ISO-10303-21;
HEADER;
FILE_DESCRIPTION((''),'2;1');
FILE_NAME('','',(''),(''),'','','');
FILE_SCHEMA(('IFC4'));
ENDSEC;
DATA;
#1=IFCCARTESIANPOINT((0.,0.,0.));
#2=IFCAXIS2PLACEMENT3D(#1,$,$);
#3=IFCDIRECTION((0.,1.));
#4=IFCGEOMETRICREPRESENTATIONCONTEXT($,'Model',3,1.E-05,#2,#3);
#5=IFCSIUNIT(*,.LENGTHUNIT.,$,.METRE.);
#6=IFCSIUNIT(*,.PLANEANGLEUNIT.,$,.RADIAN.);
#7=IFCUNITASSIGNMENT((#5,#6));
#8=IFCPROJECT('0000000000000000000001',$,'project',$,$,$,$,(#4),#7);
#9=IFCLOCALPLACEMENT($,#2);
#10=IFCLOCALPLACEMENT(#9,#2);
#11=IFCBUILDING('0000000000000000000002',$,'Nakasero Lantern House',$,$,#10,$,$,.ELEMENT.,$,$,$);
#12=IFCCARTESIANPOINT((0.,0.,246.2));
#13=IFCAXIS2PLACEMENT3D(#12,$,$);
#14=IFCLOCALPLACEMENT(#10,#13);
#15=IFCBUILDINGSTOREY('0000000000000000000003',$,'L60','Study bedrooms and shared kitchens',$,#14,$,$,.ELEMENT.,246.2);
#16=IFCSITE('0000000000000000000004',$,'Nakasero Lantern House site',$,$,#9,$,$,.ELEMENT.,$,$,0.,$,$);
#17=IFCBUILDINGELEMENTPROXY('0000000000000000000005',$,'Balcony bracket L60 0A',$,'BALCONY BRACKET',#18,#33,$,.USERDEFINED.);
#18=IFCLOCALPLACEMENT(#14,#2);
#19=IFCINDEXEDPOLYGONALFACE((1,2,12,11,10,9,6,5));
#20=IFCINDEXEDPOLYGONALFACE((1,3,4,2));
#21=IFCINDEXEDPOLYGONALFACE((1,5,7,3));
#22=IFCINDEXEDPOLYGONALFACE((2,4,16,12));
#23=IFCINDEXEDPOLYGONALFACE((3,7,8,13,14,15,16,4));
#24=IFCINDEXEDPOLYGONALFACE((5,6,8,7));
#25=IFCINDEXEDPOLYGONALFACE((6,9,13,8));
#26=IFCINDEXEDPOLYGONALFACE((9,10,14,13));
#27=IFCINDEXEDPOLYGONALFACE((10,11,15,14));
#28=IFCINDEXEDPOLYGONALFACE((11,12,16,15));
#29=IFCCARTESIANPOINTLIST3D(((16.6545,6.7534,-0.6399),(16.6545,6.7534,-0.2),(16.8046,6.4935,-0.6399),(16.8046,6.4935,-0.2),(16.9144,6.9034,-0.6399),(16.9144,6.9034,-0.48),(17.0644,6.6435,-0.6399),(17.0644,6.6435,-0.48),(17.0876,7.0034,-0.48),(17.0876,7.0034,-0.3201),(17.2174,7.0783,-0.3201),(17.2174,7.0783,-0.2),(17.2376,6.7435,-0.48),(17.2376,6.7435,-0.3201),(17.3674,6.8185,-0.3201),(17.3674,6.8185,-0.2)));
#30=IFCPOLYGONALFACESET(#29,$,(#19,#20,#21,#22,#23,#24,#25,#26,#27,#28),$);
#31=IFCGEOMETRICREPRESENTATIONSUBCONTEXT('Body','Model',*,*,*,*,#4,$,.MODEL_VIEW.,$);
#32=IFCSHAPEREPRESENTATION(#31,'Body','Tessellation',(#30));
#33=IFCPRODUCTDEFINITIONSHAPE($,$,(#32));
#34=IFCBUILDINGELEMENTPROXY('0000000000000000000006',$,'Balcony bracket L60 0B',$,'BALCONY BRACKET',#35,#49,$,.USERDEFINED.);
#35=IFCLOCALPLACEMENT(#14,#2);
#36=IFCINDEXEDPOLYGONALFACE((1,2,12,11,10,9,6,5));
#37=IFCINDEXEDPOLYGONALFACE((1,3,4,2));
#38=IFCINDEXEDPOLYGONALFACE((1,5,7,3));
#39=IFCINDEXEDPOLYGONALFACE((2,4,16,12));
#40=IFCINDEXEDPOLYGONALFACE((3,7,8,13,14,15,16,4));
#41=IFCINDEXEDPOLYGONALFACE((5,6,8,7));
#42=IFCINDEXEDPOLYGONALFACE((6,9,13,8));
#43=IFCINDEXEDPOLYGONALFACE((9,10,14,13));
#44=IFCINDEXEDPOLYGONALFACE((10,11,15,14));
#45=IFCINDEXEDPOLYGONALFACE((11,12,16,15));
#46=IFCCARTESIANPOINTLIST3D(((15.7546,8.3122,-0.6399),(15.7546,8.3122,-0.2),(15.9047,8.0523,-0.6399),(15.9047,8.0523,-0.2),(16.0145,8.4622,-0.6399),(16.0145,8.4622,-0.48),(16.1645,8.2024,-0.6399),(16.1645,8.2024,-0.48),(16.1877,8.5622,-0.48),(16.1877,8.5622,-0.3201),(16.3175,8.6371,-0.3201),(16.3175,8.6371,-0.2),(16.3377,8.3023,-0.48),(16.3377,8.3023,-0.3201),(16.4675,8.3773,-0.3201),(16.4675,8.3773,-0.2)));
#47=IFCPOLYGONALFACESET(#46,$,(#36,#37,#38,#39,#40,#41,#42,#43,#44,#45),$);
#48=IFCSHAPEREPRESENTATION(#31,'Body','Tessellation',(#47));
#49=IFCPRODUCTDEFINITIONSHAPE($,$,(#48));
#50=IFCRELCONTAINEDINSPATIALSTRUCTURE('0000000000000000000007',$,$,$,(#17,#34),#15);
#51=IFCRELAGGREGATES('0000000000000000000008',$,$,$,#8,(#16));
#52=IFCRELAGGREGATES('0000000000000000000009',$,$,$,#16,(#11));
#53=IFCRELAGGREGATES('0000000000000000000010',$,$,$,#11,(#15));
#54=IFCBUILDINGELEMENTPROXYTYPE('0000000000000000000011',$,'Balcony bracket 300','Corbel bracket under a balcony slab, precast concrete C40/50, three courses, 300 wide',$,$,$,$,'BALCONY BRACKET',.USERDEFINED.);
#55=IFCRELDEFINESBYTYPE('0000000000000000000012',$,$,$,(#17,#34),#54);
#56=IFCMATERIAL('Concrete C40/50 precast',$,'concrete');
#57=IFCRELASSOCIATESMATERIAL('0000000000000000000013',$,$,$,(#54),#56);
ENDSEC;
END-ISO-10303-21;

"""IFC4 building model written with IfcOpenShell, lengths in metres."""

from ifc_helpers import new_model, si_unit, direction, frame, origin, place, context, subcontext, project, spatial, polyline, outline, extrude, material, type_object, element, save


model = new_model("IFC4")

# Units and contexts
model_context = context("Model", 3, precision=1e-05, world=origin(), true_north=direction((0.0, 1.0)))
body_context = subcontext(model_context, "Body", "Model", "MODEL_VIEW")
ifc_project = project(units=[si_unit("LENGTHUNIT", "METRE"), si_unit("PLANEANGLEUNIT", "RADIAN")], contexts=[model_context])

# Site, building, storey
site_placement = place(None, origin())
site = spatial("IfcSite", under=ifc_project, at=site_placement, Name="Nakasero Lantern House site", CompositionType="ELEMENT", RefElevation=0.0)
building_placement = place(site_placement, origin())
building = spatial("IfcBuilding", under=site, at=building_placement, Name="Nakasero Lantern House", CompositionType="ELEMENT")
storey_placement = place(building_placement, frame((0.0, 0.0, 246.2)))
storey = spatial("IfcBuildingStorey", under=building, at=storey_placement, Name="L60", Description="Study bedrooms and shared kitchens", CompositionType="ELEMENT", Elevation=246.2)

# Building element proxies
ifc_material_1 = material(Name="Concrete C40/50 precast", Category="concrete")
building_element_proxy_type = type_object("IfcBuildingElementProxyType", Name="Balcony bracket 300", Description="Corbel bracket under a balcony slab, precast concrete C40/50, three courses, 300 wide", ElementType="BALCONY BRACKET", PredefinedType="USERDEFINED", material=ifc_material_1)
for number, where, z_axis, x_axis, name in (
    (1, (16.7295, 6.6235, -0.2), (0.0, 0.0, 1.0), (0.866025, 0.5, 0.0), "Balcony bracket L60 0A"),
    (2, (15.8296, 8.1824, -0.2), (0.0, 0.0, 1.0), (0.866025, 0.5, 0.0), "Balcony bracket L60 0B"),
):
    element("IfcBuildingElementProxy", number, at=place(storey_placement, frame(where, z_axis=z_axis, x_axis=x_axis)), inside=storey, type_object=building_element_proxy_type, Name=name, ObjectType="BALCONY BRACKET", PredefinedType="USERDEFINED", context=body_context, shape_type="SweptSolid", body=[
        extrude(outline(polyline([(0.0, 0.0), (0.6499, 0.0), (0.6499, -0.1201), (0.5, -0.1201), (0.5, -0.28), (0.3, -0.28), (0.3, -0.4399), (0.0, -0.4399), (0.0, 0.0)])), frame((0.0, 0.1499, 0.0), z_axis=(0.0, -1.0, 0.0), x_axis=(1.0, 0.0, 0.0)), (0.0, 0.0, 1.0), 0.3),
    ])

save(model, "model.ifc")
